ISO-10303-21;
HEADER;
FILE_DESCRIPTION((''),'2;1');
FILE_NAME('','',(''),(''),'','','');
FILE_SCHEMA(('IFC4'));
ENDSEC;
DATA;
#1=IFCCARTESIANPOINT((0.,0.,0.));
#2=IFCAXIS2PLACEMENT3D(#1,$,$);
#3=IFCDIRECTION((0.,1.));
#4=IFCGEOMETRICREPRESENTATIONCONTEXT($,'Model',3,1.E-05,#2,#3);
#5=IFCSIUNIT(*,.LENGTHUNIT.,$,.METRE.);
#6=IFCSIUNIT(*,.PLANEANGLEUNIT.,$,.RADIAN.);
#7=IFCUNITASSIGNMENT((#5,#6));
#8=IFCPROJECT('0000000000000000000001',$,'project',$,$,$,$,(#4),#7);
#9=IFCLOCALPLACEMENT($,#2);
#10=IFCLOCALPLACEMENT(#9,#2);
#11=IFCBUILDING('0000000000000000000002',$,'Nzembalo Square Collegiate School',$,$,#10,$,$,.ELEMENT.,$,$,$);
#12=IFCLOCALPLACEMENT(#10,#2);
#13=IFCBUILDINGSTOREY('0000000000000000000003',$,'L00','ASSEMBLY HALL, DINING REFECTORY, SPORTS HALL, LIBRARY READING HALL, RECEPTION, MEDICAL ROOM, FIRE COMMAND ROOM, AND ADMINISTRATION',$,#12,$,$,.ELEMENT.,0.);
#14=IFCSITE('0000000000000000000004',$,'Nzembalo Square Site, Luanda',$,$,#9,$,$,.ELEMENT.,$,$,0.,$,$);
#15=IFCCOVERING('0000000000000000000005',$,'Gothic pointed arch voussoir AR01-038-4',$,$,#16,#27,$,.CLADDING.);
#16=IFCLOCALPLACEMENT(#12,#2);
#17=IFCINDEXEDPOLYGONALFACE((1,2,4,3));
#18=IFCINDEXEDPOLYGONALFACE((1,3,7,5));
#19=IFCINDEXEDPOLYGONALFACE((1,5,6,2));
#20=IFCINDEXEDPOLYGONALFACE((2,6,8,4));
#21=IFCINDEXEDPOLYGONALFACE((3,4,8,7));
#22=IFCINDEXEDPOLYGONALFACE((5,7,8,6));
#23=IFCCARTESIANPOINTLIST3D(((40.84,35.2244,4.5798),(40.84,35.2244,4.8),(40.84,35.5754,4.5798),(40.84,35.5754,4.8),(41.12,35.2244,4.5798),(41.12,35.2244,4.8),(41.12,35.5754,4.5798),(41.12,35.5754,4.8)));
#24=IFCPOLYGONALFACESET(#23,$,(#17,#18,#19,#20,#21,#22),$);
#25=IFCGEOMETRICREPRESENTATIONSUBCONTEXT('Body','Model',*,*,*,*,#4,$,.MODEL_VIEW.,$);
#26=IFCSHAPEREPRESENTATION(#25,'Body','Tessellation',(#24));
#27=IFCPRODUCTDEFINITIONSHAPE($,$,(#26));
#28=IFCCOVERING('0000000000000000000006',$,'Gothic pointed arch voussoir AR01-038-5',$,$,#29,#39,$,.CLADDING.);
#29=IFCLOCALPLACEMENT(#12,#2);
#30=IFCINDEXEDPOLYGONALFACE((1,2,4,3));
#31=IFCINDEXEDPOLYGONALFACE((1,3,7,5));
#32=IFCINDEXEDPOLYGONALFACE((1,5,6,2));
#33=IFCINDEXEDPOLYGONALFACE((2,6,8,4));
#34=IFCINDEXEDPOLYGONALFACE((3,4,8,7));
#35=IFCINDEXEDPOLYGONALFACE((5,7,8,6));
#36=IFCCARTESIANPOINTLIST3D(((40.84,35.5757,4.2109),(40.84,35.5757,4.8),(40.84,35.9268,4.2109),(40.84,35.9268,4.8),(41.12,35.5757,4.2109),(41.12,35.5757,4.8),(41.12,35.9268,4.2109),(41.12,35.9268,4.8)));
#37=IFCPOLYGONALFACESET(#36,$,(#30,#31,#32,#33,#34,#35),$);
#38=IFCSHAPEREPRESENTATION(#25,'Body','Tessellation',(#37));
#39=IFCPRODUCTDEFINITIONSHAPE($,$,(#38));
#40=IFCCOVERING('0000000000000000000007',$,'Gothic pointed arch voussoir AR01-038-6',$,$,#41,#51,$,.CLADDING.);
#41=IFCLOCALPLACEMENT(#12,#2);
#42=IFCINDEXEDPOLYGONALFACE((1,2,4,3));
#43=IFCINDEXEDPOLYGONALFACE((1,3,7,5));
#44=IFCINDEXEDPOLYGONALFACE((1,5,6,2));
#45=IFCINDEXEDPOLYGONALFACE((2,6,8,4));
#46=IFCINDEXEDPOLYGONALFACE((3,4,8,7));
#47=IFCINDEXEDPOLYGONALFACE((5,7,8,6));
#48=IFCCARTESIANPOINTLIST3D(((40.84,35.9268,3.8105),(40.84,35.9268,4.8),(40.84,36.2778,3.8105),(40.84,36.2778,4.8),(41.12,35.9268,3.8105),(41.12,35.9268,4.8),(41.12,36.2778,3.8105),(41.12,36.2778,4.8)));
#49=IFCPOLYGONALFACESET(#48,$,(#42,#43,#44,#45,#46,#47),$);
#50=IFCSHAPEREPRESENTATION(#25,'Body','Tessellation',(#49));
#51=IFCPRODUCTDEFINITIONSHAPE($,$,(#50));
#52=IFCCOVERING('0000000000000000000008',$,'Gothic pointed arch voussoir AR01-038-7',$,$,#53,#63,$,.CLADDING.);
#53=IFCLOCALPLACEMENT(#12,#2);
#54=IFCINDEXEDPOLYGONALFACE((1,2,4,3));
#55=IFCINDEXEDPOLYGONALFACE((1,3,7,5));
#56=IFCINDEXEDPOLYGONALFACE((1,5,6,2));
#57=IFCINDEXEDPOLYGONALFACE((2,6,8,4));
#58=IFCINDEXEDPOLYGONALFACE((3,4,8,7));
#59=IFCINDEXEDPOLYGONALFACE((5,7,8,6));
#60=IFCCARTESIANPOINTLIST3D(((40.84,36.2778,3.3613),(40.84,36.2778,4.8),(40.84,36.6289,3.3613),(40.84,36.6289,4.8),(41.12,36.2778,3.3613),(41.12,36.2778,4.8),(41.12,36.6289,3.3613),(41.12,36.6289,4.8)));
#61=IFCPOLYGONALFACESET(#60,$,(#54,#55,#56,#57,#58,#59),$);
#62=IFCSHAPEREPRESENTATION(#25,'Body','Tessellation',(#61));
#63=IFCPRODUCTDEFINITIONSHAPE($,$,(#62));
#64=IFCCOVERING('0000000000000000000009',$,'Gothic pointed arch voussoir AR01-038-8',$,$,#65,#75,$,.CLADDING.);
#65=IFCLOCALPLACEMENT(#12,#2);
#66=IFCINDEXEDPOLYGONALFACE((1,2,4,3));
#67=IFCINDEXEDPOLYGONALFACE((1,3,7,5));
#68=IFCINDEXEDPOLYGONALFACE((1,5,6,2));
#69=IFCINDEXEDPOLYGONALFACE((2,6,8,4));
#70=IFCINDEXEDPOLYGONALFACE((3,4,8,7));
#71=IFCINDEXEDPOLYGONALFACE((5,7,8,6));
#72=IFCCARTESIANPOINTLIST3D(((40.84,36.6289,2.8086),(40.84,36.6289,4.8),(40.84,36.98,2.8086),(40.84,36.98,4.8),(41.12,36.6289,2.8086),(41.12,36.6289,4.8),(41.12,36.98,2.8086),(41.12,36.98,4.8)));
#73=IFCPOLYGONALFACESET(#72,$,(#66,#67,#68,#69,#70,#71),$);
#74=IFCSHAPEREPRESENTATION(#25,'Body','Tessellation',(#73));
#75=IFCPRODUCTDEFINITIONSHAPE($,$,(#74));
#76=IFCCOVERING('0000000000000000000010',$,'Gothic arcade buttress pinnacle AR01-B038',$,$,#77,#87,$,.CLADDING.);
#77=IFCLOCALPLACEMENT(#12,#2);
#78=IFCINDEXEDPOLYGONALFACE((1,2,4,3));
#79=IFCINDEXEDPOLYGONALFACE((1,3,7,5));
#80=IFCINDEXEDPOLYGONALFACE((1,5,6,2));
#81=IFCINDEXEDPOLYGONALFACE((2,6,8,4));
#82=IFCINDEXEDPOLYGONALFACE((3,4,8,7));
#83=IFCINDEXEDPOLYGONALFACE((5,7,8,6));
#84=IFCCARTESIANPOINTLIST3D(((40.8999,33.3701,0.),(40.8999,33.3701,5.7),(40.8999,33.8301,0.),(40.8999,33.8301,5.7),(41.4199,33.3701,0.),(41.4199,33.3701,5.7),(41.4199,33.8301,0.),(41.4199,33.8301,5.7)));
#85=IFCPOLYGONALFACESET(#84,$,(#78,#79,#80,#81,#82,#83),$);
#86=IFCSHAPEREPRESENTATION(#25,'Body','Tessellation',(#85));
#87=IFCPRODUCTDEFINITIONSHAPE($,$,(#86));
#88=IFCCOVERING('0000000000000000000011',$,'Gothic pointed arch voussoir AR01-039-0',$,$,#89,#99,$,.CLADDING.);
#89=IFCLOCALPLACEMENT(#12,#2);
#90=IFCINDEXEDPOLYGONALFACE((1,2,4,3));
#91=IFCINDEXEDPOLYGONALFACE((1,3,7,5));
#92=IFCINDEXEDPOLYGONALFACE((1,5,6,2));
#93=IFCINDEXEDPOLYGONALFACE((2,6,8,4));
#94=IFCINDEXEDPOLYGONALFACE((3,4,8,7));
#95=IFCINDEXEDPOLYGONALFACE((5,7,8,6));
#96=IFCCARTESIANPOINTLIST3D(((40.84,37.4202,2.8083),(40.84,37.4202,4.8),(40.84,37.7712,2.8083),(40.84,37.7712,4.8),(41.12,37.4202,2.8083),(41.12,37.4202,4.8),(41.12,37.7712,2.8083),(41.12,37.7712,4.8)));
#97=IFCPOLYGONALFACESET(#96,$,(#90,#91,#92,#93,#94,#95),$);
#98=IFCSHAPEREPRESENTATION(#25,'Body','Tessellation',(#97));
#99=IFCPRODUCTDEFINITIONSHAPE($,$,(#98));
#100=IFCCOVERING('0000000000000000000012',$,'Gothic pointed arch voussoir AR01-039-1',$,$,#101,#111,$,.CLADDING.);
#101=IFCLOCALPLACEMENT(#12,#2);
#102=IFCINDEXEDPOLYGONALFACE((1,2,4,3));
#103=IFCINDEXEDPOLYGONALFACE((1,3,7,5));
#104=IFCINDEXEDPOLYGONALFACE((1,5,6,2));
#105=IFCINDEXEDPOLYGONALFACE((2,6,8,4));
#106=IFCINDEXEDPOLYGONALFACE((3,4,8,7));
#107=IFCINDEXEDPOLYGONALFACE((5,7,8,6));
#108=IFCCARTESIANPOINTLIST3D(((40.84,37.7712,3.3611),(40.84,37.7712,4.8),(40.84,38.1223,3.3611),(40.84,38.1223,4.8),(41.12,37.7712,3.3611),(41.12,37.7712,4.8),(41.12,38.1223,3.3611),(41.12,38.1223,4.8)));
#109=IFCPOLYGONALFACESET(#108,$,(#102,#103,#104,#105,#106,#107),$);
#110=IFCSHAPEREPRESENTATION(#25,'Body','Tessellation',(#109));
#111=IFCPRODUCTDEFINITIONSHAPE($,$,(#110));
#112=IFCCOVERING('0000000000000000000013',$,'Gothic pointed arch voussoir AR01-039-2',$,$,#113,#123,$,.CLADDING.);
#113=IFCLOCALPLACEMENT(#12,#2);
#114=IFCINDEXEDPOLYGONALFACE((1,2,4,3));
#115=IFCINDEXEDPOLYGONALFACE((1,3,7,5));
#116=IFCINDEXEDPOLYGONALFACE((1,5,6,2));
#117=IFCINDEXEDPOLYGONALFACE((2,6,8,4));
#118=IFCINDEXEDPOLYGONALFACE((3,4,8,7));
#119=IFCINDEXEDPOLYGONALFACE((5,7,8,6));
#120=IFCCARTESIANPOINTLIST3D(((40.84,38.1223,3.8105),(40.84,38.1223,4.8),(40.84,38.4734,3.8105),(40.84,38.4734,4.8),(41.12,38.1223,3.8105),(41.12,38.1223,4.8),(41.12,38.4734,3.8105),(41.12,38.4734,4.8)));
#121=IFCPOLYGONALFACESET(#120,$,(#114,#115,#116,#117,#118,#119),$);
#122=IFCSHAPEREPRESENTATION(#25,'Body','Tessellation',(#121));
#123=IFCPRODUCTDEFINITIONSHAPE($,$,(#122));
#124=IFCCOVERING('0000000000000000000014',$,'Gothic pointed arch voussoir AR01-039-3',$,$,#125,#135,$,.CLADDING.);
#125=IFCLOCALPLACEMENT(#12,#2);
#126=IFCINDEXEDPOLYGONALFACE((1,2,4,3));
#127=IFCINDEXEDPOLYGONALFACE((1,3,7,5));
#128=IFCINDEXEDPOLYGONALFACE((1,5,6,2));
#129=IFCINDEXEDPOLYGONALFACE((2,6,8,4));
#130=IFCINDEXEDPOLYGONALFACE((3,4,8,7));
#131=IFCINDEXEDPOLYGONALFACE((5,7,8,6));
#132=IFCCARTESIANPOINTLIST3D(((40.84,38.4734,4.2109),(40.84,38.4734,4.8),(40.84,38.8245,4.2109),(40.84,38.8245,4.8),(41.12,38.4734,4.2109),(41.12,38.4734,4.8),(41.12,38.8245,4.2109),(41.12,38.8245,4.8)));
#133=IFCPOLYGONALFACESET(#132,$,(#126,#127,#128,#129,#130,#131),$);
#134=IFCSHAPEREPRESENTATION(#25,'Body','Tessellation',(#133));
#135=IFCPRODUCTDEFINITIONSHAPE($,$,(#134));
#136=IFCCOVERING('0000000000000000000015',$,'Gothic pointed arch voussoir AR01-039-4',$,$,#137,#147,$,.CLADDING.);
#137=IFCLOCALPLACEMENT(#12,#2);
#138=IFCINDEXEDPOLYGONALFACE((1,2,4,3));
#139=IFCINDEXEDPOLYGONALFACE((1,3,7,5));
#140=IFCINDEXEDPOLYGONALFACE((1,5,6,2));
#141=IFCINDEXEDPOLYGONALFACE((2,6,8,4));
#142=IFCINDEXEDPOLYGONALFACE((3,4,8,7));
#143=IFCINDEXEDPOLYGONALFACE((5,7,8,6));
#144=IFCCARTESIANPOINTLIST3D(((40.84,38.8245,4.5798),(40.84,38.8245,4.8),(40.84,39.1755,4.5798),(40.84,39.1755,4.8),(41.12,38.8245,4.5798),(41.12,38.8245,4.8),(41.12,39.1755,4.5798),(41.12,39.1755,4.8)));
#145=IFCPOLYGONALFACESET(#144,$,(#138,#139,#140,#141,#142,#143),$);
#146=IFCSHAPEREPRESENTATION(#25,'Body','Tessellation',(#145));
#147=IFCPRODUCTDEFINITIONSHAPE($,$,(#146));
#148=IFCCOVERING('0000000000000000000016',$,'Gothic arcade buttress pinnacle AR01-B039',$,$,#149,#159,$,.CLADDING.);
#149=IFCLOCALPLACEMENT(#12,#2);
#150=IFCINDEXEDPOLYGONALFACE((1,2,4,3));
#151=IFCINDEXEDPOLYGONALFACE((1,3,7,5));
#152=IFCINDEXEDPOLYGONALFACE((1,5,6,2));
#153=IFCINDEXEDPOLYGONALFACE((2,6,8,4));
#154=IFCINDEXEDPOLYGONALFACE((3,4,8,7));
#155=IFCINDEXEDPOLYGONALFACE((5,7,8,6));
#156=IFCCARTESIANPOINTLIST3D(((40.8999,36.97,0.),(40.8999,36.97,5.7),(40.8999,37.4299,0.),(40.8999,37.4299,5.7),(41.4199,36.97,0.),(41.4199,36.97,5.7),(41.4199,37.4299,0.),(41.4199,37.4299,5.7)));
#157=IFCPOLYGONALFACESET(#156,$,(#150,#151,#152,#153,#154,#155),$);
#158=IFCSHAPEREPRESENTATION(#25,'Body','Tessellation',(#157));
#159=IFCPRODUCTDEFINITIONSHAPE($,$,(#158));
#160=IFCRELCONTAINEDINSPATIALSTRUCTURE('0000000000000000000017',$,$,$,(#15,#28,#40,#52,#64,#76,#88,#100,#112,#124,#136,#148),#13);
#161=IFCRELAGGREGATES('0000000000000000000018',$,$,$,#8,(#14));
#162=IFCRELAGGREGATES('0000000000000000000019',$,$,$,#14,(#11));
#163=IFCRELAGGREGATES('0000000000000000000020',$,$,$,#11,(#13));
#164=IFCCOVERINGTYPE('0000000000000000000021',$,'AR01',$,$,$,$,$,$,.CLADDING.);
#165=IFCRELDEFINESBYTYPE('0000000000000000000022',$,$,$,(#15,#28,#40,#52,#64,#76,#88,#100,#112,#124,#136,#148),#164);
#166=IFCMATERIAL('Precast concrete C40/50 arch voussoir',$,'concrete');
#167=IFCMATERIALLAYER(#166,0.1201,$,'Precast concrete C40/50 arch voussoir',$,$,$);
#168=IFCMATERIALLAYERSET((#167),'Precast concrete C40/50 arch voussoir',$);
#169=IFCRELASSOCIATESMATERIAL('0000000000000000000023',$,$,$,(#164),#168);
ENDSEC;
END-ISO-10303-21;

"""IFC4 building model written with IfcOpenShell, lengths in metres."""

from ifc_helpers import new_model, si_unit, direction, frame, origin, origin_2d, place, context, subcontext, project, spatial, rectangle, extrude, material, layer, layer_set, type_object, element, save


model = new_model("IFC4")

# Units and contexts
model_context = context("Model", 3, precision=1e-05, world=origin(), true_north=direction((0.0, 1.0)))
body_context = subcontext(model_context, "Body", "Model", "MODEL_VIEW")
ifc_project = project(units=[si_unit("LENGTHUNIT", "METRE"), si_unit("PLANEANGLEUNIT", "RADIAN")], contexts=[model_context])

# Site, building, storey
site_placement = place(None, origin())
site = spatial("IfcSite", under=ifc_project, at=site_placement, Name="Nzembalo Square Site, Luanda", CompositionType="ELEMENT", RefElevation=0.0)
building_placement = place(site_placement, origin())
building = spatial("IfcBuilding", under=site, at=building_placement, Name="Nzembalo Square Collegiate School", CompositionType="ELEMENT")
storey_placement = place(building_placement, origin())
storey = spatial("IfcBuildingStorey", under=building, at=storey_placement, Name="L00", Description="ASSEMBLY HALL, DINING REFECTORY, SPORTS HALL, LIBRARY READING HALL, RECEPTION, MEDICAL ROOM, FIRE COMMAND ROOM, AND ADMINISTRATION", CompositionType="ELEMENT", Elevation=0.0)

# Coverings
ifc_material_1 = material(Name="Precast concrete C40/50 arch voussoir", Category="concrete")
ifc_layer_1 = layer(ifc_material_1, 0.1201, Name="Precast concrete C40/50 arch voussoir")
ifc_layer_set_1 = layer_set([ifc_layer_1], Name="Precast concrete C40/50 arch voussoir")
covering_type = type_object("IfcCoveringType", Name="AR01", PredefinedType="CLADDING", material=ifc_layer_set_1)
covering_1_placement = place(storey_placement, frame((40.98, 35.3999, 4.5798), z_axis=(0.0, 0.0, 1.0), x_axis=(1.0, 0.0, 0.0)))
element("IfcCovering", 1, at=covering_1_placement, inside=storey, type_object=covering_type, Name="Gothic pointed arch voussoir AR01-038-4", PredefinedType="CLADDING", context=body_context, shape_type="SweptSolid", body=[
    extrude(rectangle(XDim=0.28, YDim=0.3511, at=origin_2d()), origin(), (0.0, 0.0, 1.0), 0.2202),
])
covering_2_placement = place(storey_placement, frame((40.98, 35.7512, 4.2109), z_axis=(0.0, 0.0, 1.0), x_axis=(1.0, 0.0, 0.0)))
element("IfcCovering", 2, at=covering_2_placement, inside=storey, type_object=covering_type, Name="Gothic pointed arch voussoir AR01-038-5", PredefinedType="CLADDING", context=body_context, shape_type="SweptSolid", body=[
    extrude(rectangle(XDim=0.28, YDim=0.3511, at=origin_2d()), origin(), (0.0, 0.0, 1.0), 0.5891),
])
covering_3_placement = place(storey_placement, frame((40.98, 36.1023, 3.8105), z_axis=(0.0, 0.0, 1.0), x_axis=(1.0, 0.0, 0.0)))
element("IfcCovering", 3, at=covering_3_placement, inside=storey, type_object=covering_type, Name="Gothic pointed arch voussoir AR01-038-6", PredefinedType="CLADDING", context=body_context, shape_type="SweptSolid", body=[
    extrude(rectangle(XDim=0.28, YDim=0.3511, at=origin_2d()), origin(), (0.0, 0.0, 1.0), 0.9895),
])
covering_4_placement = place(storey_placement, frame((40.98, 36.4534, 3.3613), z_axis=(0.0, 0.0, 1.0), x_axis=(1.0, 0.0, 0.0)))
element("IfcCovering", 4, at=covering_4_placement, inside=storey, type_object=covering_type, Name="Gothic pointed arch voussoir AR01-038-7", PredefinedType="CLADDING", context=body_context, shape_type="SweptSolid", body=[
    extrude(rectangle(XDim=0.28, YDim=0.3511, at=origin_2d()), origin(), (0.0, 0.0, 1.0), 1.4387),
])
covering_5_placement = place(storey_placement, frame((40.98, 36.8044, 2.8086), z_axis=(0.0, 0.0, 1.0), x_axis=(1.0, 0.0, 0.0)))
element("IfcCovering", 5, at=covering_5_placement, inside=storey, type_object=covering_type, Name="Gothic pointed arch voussoir AR01-038-8", PredefinedType="CLADDING", context=body_context, shape_type="SweptSolid", body=[
    extrude(rectangle(XDim=0.28, YDim=0.3511, at=origin_2d()), origin(), (0.0, 0.0, 1.0), 1.9915),
])
covering_6_placement = place(storey_placement, frame((41.1599, 33.6001, 0.0), z_axis=(0.0, 0.0, 1.0), x_axis=(1.0, 0.0, 0.0)))
element("IfcCovering", 6, at=covering_6_placement, inside=storey, type_object=covering_type, Name="Gothic arcade buttress pinnacle AR01-B038", PredefinedType="CLADDING", context=body_context, shape_type="SweptSolid", body=[
    extrude(rectangle(XDim=0.52, YDim=0.46, at=origin_2d()), origin(), (0.0, 0.0, 1.0), 5.7),
])
covering_7_placement = place(storey_placement, frame((40.98, 37.5957, 2.8083), z_axis=(0.0, 0.0, 1.0), x_axis=(1.0, 0.0, 0.0)))
element("IfcCovering", 7, at=covering_7_placement, inside=storey, type_object=covering_type, Name="Gothic pointed arch voussoir AR01-039-0", PredefinedType="CLADDING", context=body_context, shape_type="SweptSolid", body=[
    extrude(rectangle(XDim=0.28, YDim=0.3511, at=origin_2d()), origin(), (0.0, 0.0, 1.0), 1.9917),
])
covering_8_placement = place(storey_placement, frame((40.98, 37.9468, 3.3611), z_axis=(0.0, 0.0, 1.0), x_axis=(1.0, 0.0, 0.0)))
element("IfcCovering", 8, at=covering_8_placement, inside=storey, type_object=covering_type, Name="Gothic pointed arch voussoir AR01-039-1", PredefinedType="CLADDING", context=body_context, shape_type="SweptSolid", body=[
    extrude(rectangle(XDim=0.28, YDim=0.3511, at=origin_2d()), origin(), (0.0, 0.0, 1.0), 1.439),
])
covering_9_placement = place(storey_placement, frame((40.98, 38.2979, 3.8105), z_axis=(0.0, 0.0, 1.0), x_axis=(1.0, 0.0, 0.0)))
element("IfcCovering", 9, at=covering_9_placement, inside=storey, type_object=covering_type, Name="Gothic pointed arch voussoir AR01-039-2", PredefinedType="CLADDING", context=body_context, shape_type="SweptSolid", body=[
    extrude(rectangle(XDim=0.28, YDim=0.3511, at=origin_2d()), origin(), (0.0, 0.0, 1.0), 0.9895),
])
covering_10_placement = place(storey_placement, frame((40.98, 38.6489, 4.2109), z_axis=(0.0, 0.0, 1.0), x_axis=(1.0, 0.0, 0.0)))
element("IfcCovering", 10, at=covering_10_placement, inside=storey, type_object=covering_type, Name="Gothic pointed arch voussoir AR01-039-3", PredefinedType="CLADDING", context=body_context, shape_type="SweptSolid", body=[
    extrude(rectangle(XDim=0.28, YDim=0.3511, at=origin_2d()), origin(), (0.0, 0.0, 1.0), 0.5891),
])
covering_11_placement = place(storey_placement, frame((40.98, 39.0, 4.5798), z_axis=(0.0, 0.0, 1.0), x_axis=(1.0, 0.0, 0.0)))
element("IfcCovering", 11, at=covering_11_placement, inside=storey, type_object=covering_type, Name="Gothic pointed arch voussoir AR01-039-4", PredefinedType="CLADDING", context=body_context, shape_type="SweptSolid", body=[
    extrude(rectangle(XDim=0.28, YDim=0.3511, at=origin_2d()), origin(), (0.0, 0.0, 1.0), 0.2202),
])
covering_12_placement = place(storey_placement, frame((41.1599, 37.2, 0.0), z_axis=(0.0, 0.0, 1.0), x_axis=(1.0, 0.0, 0.0)))
element("IfcCovering", 12, at=covering_12_placement, inside=storey, type_object=covering_type, Name="Gothic arcade buttress pinnacle AR01-B039", PredefinedType="CLADDING", context=body_context, shape_type="SweptSolid", body=[
    extrude(rectangle(XDim=0.52, YDim=0.46, at=origin_2d()), origin(), (0.0, 0.0, 1.0), 5.7),
])

save(model, "model.ifc")
